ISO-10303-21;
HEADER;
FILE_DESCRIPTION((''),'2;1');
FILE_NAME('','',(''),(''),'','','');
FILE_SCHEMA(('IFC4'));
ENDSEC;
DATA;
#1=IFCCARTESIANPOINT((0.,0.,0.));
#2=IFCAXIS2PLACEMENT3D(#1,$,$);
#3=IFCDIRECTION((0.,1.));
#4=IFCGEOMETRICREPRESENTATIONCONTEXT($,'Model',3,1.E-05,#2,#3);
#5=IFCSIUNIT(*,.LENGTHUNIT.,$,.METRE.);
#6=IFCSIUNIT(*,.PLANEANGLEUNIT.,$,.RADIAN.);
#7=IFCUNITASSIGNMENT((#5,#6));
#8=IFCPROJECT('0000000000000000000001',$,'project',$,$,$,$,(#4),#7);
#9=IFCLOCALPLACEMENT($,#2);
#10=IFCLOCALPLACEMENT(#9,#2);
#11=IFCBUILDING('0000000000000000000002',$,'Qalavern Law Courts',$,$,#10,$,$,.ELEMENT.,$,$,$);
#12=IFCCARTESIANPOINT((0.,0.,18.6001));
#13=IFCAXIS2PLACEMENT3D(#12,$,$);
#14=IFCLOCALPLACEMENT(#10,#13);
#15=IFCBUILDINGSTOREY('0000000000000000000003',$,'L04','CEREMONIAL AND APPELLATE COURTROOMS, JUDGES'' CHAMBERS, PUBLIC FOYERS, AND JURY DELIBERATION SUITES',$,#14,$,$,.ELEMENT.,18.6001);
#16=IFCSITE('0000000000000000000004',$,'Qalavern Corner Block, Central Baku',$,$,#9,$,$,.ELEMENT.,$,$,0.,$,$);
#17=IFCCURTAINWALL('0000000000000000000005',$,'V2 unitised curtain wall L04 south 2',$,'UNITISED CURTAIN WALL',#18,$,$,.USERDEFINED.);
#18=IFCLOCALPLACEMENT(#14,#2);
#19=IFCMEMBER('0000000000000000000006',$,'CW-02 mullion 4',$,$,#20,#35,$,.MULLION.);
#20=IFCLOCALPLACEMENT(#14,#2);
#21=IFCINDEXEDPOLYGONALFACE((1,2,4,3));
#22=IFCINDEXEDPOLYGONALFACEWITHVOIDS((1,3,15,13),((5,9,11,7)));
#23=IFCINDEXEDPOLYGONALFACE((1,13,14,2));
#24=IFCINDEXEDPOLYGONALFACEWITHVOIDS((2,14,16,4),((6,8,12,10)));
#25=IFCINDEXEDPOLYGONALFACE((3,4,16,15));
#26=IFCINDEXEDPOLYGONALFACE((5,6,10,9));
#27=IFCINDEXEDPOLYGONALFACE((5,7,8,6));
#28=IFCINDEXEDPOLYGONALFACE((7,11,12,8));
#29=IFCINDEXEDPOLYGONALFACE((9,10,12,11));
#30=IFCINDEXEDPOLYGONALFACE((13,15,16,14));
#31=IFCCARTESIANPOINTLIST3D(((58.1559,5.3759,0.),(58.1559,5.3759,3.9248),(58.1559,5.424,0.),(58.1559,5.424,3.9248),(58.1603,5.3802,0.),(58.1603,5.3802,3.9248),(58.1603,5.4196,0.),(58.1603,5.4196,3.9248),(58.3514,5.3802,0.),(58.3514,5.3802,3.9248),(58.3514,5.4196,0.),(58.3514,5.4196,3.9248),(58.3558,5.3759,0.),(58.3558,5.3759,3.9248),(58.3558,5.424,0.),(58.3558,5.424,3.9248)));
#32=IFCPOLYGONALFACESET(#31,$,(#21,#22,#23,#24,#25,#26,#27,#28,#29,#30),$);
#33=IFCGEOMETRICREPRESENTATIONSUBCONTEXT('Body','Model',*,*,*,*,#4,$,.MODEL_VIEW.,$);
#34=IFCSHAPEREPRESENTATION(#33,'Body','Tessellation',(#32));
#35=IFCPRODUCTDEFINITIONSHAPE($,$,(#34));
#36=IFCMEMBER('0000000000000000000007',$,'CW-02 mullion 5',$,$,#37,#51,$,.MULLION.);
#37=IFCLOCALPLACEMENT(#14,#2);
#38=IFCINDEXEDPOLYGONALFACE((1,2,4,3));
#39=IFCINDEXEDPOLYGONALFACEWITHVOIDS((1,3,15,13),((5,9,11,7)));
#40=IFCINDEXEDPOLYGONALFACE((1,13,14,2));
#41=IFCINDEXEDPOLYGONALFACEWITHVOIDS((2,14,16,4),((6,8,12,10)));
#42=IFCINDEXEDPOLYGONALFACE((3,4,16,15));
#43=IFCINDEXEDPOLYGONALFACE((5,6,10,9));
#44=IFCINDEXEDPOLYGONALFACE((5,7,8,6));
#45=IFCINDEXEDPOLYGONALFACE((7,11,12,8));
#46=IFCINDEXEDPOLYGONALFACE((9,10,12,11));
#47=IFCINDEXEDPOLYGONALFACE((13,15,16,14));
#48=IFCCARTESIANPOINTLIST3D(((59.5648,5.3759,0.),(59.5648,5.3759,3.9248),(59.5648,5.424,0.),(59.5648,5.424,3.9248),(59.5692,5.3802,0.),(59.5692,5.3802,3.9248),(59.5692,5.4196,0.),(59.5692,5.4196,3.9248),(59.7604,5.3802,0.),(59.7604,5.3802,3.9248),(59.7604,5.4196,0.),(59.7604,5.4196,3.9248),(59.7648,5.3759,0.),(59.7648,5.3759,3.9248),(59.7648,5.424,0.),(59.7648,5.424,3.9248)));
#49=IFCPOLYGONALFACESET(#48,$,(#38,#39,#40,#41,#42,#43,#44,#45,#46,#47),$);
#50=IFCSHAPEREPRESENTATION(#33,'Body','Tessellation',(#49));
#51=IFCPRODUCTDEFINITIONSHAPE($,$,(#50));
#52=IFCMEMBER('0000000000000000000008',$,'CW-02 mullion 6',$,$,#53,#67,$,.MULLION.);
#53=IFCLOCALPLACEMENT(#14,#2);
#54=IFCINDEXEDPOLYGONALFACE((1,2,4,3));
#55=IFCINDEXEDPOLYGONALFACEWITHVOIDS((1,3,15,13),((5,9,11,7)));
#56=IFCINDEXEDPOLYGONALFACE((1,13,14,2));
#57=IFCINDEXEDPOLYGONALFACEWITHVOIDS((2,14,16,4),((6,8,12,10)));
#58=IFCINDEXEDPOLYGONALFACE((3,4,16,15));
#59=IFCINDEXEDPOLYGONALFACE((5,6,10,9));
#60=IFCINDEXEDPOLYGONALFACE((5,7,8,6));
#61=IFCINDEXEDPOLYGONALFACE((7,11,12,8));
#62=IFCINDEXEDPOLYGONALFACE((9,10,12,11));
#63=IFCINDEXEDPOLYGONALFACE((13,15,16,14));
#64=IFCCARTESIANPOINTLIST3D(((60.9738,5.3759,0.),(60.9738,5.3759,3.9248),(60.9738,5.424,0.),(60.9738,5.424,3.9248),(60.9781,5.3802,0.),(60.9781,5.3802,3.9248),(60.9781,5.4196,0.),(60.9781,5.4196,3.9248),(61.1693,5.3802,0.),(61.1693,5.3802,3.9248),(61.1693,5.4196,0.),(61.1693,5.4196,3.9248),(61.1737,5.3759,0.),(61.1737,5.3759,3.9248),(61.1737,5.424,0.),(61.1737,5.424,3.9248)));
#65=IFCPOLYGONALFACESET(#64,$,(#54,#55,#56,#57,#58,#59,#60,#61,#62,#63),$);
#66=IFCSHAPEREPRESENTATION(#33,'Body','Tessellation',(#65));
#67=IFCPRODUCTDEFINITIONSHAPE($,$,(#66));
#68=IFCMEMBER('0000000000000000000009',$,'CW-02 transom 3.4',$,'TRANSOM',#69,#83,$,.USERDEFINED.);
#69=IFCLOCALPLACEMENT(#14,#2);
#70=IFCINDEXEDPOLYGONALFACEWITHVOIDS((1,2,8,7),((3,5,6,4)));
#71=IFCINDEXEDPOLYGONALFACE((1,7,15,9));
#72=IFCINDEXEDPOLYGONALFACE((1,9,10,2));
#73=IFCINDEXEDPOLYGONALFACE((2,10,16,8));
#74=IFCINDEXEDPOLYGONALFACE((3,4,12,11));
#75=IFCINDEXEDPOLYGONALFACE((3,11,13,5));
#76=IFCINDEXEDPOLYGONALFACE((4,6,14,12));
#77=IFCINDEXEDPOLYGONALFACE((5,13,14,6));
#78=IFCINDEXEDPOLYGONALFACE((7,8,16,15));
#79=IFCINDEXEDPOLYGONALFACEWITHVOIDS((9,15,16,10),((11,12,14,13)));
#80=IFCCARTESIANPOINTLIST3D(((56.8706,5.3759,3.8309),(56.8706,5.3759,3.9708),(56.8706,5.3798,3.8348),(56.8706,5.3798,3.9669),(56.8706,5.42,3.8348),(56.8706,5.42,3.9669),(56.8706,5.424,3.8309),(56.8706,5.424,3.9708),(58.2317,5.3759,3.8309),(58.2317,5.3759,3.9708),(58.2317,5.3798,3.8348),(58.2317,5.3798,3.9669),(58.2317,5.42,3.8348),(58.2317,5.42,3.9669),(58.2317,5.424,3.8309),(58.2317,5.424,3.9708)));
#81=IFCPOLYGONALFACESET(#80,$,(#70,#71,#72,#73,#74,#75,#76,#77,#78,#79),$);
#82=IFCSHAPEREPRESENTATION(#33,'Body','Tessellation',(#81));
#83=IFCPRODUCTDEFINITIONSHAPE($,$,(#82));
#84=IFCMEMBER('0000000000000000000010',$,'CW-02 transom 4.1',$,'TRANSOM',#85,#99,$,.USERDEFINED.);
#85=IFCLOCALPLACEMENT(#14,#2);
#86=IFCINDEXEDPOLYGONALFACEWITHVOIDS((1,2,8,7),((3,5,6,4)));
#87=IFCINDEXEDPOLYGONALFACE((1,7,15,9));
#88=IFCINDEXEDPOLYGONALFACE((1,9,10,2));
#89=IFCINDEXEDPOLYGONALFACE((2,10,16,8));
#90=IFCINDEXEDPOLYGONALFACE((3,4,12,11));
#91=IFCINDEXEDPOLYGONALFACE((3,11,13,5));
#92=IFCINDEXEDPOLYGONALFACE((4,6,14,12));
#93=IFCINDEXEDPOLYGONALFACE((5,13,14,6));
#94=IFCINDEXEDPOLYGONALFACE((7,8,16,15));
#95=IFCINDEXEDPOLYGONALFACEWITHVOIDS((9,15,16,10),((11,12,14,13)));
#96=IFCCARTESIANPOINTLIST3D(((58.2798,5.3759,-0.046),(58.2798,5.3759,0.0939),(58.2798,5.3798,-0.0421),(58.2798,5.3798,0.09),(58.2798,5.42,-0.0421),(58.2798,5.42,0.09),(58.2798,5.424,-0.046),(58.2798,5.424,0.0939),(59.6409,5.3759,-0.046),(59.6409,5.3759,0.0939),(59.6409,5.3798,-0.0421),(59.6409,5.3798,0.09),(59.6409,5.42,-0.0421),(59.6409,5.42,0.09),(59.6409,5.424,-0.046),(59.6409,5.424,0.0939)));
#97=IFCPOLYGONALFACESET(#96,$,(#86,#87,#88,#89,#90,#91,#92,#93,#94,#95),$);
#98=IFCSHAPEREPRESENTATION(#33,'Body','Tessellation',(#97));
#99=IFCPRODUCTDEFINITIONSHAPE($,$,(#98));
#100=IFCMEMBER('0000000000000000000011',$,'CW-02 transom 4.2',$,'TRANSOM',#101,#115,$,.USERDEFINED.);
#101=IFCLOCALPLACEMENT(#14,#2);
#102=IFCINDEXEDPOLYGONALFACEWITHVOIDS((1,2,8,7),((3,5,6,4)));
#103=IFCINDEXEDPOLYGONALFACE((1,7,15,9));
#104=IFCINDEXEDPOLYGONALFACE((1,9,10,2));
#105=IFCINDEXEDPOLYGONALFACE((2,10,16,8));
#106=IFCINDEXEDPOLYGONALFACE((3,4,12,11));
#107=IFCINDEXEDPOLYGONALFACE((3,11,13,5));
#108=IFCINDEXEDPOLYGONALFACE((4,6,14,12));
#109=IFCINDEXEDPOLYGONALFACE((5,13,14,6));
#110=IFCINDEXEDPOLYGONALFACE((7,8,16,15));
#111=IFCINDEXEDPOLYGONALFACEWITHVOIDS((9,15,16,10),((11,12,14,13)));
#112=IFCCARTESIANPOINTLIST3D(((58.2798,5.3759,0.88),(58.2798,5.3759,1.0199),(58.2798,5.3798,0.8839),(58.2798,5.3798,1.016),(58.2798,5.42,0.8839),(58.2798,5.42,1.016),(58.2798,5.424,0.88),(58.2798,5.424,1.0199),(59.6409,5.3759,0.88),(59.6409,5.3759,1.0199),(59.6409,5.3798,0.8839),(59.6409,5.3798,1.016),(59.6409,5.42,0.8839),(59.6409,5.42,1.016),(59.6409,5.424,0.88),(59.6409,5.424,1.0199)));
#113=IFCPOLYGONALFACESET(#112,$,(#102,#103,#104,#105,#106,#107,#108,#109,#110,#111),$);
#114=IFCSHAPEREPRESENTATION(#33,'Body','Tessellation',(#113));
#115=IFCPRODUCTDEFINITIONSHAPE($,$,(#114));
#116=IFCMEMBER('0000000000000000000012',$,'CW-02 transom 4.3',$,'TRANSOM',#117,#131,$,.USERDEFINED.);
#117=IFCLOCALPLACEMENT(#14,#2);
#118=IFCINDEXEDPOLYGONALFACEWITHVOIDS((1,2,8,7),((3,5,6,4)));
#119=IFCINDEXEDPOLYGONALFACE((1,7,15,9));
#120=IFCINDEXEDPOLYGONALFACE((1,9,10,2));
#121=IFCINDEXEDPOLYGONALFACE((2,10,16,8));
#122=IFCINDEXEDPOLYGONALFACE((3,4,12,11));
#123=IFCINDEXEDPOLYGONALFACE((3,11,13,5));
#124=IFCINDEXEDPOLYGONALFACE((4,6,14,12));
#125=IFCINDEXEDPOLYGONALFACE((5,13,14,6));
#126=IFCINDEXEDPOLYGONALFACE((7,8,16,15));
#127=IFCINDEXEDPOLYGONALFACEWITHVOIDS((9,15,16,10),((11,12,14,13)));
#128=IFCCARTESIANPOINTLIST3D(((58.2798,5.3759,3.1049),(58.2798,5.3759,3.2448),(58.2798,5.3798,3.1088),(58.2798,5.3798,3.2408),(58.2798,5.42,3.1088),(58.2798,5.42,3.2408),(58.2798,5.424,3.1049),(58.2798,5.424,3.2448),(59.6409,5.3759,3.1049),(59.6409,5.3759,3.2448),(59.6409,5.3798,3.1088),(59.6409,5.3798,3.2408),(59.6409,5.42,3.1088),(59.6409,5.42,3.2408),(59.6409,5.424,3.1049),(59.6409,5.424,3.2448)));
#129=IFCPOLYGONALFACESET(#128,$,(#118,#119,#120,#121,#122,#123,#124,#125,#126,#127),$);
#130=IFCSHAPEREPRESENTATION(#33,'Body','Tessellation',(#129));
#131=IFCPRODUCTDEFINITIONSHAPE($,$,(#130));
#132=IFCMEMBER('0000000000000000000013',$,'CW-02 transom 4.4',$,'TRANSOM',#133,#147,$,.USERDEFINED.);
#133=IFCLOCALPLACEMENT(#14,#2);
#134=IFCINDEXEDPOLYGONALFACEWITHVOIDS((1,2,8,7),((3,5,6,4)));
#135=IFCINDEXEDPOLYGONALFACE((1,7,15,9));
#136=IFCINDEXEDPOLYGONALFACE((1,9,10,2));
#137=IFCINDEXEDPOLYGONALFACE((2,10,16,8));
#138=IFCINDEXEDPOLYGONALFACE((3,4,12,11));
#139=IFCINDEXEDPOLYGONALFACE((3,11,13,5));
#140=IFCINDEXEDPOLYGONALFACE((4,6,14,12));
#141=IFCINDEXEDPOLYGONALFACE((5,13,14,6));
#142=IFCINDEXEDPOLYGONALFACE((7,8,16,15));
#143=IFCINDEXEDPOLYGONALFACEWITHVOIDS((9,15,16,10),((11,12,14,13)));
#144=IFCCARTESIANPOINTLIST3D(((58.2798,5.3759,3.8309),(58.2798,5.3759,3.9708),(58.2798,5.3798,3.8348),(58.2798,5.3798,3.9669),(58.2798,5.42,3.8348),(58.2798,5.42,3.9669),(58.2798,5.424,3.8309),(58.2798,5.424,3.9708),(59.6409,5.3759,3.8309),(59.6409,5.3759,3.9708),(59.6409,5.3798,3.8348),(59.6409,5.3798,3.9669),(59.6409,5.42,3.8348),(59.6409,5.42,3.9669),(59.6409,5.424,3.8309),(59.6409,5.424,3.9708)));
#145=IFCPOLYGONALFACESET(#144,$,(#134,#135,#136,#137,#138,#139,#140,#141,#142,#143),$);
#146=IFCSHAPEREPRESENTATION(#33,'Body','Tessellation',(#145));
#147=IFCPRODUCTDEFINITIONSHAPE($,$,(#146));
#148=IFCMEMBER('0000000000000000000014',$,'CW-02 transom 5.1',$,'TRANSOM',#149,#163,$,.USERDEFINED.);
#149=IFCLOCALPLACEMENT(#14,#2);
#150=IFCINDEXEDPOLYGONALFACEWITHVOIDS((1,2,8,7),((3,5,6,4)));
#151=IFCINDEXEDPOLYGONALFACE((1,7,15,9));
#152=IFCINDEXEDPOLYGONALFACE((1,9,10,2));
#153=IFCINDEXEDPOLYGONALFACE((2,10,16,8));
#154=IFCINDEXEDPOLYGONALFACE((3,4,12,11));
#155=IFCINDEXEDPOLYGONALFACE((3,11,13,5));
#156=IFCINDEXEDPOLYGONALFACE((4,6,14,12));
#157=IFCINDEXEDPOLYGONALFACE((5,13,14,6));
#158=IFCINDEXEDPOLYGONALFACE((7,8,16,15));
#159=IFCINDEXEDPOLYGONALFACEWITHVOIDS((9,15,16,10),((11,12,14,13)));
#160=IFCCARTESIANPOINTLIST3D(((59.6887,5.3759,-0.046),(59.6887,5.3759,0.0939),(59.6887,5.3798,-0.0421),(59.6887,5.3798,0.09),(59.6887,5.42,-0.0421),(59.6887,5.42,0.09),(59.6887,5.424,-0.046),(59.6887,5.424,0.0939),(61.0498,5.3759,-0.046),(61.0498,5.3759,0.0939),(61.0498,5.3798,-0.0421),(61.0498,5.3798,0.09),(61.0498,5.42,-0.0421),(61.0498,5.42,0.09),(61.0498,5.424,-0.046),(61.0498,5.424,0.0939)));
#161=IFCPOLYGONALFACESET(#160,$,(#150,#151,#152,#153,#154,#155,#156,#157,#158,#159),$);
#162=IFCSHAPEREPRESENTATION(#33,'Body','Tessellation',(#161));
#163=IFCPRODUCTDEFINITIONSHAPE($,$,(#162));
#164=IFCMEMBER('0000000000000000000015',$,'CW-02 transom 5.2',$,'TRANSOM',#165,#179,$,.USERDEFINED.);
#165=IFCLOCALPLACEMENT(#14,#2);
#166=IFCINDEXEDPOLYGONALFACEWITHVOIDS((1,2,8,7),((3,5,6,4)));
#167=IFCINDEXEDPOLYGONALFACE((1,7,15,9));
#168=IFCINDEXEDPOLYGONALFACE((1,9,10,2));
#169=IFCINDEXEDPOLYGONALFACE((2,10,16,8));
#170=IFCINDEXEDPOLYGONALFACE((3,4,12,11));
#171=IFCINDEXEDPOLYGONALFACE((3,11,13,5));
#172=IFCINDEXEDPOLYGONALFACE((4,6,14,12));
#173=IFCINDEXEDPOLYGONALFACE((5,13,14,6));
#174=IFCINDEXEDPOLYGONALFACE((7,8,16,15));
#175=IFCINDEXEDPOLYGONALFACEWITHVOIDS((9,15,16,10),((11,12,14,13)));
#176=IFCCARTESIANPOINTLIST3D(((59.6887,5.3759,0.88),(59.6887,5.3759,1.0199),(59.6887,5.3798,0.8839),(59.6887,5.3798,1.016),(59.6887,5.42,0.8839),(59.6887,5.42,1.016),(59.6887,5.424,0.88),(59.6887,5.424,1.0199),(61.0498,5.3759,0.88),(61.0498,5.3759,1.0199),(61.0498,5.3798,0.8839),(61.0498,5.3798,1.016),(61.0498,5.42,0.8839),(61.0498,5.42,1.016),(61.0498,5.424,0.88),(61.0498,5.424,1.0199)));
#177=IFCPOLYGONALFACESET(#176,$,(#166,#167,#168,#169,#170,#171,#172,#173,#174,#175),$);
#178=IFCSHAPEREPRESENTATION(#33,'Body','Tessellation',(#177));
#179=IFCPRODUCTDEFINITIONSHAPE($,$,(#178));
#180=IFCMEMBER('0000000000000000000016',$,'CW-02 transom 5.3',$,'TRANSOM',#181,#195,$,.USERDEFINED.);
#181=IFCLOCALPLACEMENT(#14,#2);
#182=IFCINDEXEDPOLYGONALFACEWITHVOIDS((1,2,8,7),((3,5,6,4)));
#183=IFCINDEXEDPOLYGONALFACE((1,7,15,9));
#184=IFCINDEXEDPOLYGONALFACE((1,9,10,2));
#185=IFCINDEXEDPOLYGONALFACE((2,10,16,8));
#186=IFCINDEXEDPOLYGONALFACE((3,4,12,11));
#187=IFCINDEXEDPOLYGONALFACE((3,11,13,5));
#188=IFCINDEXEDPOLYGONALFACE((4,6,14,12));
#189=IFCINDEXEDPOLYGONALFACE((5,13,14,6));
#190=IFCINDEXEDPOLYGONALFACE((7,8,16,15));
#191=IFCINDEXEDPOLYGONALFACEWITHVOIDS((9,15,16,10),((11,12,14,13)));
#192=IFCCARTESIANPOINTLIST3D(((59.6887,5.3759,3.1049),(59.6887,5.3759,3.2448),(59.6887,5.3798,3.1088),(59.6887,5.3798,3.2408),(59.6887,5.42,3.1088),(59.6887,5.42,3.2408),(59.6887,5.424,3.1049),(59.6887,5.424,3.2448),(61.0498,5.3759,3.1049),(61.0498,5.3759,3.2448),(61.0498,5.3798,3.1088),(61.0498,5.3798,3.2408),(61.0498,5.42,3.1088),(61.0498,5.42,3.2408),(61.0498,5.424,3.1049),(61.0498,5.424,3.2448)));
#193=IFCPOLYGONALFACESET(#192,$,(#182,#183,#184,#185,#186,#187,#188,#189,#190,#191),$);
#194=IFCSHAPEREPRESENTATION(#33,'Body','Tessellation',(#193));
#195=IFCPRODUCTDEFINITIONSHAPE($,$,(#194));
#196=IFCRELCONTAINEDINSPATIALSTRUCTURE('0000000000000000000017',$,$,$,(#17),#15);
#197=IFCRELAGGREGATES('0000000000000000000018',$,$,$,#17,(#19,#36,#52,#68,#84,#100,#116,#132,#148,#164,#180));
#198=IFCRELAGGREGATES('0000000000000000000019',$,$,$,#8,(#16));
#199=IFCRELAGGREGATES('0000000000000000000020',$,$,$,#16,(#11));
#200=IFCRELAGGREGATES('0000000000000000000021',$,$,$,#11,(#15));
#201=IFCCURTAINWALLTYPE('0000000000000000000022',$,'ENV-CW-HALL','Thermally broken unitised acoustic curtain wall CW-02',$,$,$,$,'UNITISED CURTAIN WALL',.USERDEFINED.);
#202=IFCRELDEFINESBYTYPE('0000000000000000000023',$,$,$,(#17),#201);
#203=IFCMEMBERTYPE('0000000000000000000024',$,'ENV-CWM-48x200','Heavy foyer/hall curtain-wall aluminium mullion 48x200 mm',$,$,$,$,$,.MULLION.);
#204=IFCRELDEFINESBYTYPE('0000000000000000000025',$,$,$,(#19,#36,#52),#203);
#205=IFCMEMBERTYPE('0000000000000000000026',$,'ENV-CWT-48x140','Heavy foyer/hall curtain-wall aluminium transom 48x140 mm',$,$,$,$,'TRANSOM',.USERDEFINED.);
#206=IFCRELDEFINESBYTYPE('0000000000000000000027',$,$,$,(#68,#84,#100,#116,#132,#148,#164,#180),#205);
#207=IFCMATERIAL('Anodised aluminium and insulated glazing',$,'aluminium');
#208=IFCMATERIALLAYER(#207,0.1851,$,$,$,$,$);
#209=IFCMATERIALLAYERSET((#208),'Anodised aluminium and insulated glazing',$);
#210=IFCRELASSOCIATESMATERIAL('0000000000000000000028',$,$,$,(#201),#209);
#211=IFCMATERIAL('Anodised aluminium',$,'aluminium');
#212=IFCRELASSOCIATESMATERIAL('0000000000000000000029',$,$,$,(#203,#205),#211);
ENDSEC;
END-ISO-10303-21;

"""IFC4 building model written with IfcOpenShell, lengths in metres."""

from ifc_helpers import new_model, si_unit, direction, frame, origin, origin_2d, place, context, subcontext, project, spatial, hollow_rectangle, extrude, material, layer, layer_set, material_profile, profile_set, type_object, element, aggregate, save


model = new_model("IFC4")

# Units and contexts
model_context = context("Model", 3, precision=1e-05, world=origin(), true_north=direction((0.0, 1.0)))
body_context = subcontext(model_context, "Body", "Model", "MODEL_VIEW")
ifc_project = project(units=[si_unit("LENGTHUNIT", "METRE"), si_unit("PLANEANGLEUNIT", "RADIAN")], contexts=[model_context])

# Site, building, storey
site_placement = place(None, origin())
site = spatial("IfcSite", under=ifc_project, at=site_placement, Name="Qalavern Corner Block, Central Baku", CompositionType="ELEMENT", RefElevation=0.0)
building_placement = place(site_placement, origin())
building = spatial("IfcBuilding", under=site, at=building_placement, Name="Qalavern Law Courts", CompositionType="ELEMENT")
storey_placement = place(building_placement, frame((0.0, 0.0, 18.6001)))
storey = spatial("IfcBuildingStorey", under=building, at=storey_placement, Name="L04", Description="CEREMONIAL AND APPELLATE COURTROOMS, JUDGES' CHAMBERS, PUBLIC FOYERS, AND JURY DELIBERATION SUITES", CompositionType="ELEMENT", Elevation=18.6001)

# Curtain wall, members
ifc_material_1 = material(Name="Anodised aluminium and insulated glazing", Category="aluminium")
ifc_layer_1 = layer(ifc_material_1, 0.1851)
ifc_layer_set_1 = layer_set([ifc_layer_1], Name="Anodised aluminium and insulated glazing")
curtain_wall_type = type_object("IfcCurtainWallType", Name="ENV-CW-HALL", Description="Thermally broken unitised acoustic curtain wall CW-02", ElementType="UNITISED CURTAIN WALL", PredefinedType="USERDEFINED", material=ifc_layer_set_1)
curtain_wall_placement = place(storey_placement, origin())
curtain_wall = element("IfcCurtainWall", 1, at=curtain_wall_placement, inside=storey, type_object=curtain_wall_type, Name="V2 unitised curtain wall L04 south 2", ObjectType="UNITISED CURTAIN WALL", PredefinedType="USERDEFINED")
ifc_material_2 = material(Name="Anodised aluminium", Category="aluminium")
ifc_material_profile_1 = material_profile(ifc_material_2, hollow_rectangle(XDim=0.0481, YDim=0.2, WallThickness=0.0044, at=origin_2d()), Name="ALU MULLION 48x200")
ifc_profile_set_1 = profile_set([ifc_material_profile_1], Name="Anodised aluminium")
member_type_1 = type_object("IfcMemberType", Name="ENV-CWM-48x200", Description="Heavy foyer/hall curtain-wall aluminium mullion 48x200 mm", PredefinedType="MULLION", material=ifc_profile_set_1)
member_1_placement = place(storey_placement, frame((58.2559, 5.3999, 0.0), z_axis=(0.0, 0.0, 1.0), x_axis=(0.0, 1.0, 0.0)))
member_1 = element("IfcMember", 2, at=member_1_placement, type_object=member_type_1, Name="CW-02 mullion 4", PredefinedType="MULLION", context=body_context, shape_type="SweptSolid", body=[
    extrude(hollow_rectangle(XDim=0.0481, YDim=0.2, WallThickness=0.0044, at=origin_2d()), origin(), (0.0, 0.0, 1.0), 3.9248),
])
member_2_placement = place(storey_placement, frame((59.6648, 5.3999, 0.0), z_axis=(0.0, 0.0, 1.0), x_axis=(0.0, 1.0, 0.0)))
member_2 = element("IfcMember", 3, at=member_2_placement, type_object=member_type_1, Name="CW-02 mullion 5", PredefinedType="MULLION", context=body_context, shape_type="SweptSolid", body=[
    extrude(hollow_rectangle(XDim=0.0481, YDim=0.2, WallThickness=0.0044, at=origin_2d()), origin(), (0.0, 0.0, 1.0), 3.9248),
])
member_3_placement = place(storey_placement, frame((61.0737, 5.3999, 0.0), z_axis=(0.0, 0.0, 1.0), x_axis=(0.0, 1.0, 0.0)))
member_3 = element("IfcMember", 4, at=member_3_placement, type_object=member_type_1, Name="CW-02 mullion 6", PredefinedType="MULLION", context=body_context, shape_type="SweptSolid", body=[
    extrude(hollow_rectangle(XDim=0.0481, YDim=0.2, WallThickness=0.0044, at=origin_2d()), origin(), (0.0, 0.0, 1.0), 3.9248),
])
ifc_material_profile_2 = material_profile(ifc_material_2, hollow_rectangle(XDim=0.0481, YDim=0.1399, WallThickness=0.0039, at=origin_2d()), Name="ALU TRANSOM 48x140")
ifc_profile_set_2 = profile_set([ifc_material_profile_2], Name="Anodised aluminium")
member_type_2 = type_object("IfcMemberType", Name="ENV-CWT-48x140", Description="Heavy foyer/hall curtain-wall aluminium transom 48x140 mm", ElementType="TRANSOM", PredefinedType="USERDEFINED", material=ifc_profile_set_2)
member_4_placement = place(storey_placement, frame((56.8706, 5.3999, 3.9009), z_axis=(1.0, 0.0, 0.0), x_axis=(0.0, 1.0, 0.0)))
member_4 = element("IfcMember", 5, at=member_4_placement, type_object=member_type_2, Name="CW-02 transom 3.4", ObjectType="TRANSOM", PredefinedType="USERDEFINED", context=body_context, shape_type="SweptSolid", body=[
    extrude(hollow_rectangle(XDim=0.0481, YDim=0.1399, WallThickness=0.0039, at=origin_2d()), origin(), (0.0, 0.0, 1.0), 1.3611),
])
member_5_placement = place(storey_placement, frame((58.2798, 5.3999, 0.0239), z_axis=(1.0, 0.0, 0.0), x_axis=(0.0, 1.0, 0.0)))
member_5 = element("IfcMember", 6, at=member_5_placement, type_object=member_type_2, Name="CW-02 transom 4.1", ObjectType="TRANSOM", PredefinedType="USERDEFINED", context=body_context, shape_type="SweptSolid", body=[
    extrude(hollow_rectangle(XDim=0.0481, YDim=0.1399, WallThickness=0.0039, at=origin_2d()), origin(), (0.0, 0.0, 1.0), 1.3611),
])
member_6_placement = place(storey_placement, frame((58.2798, 5.3999, 0.95), z_axis=(1.0, 0.0, 0.0), x_axis=(0.0, 1.0, 0.0)))
member_6 = element("IfcMember", 7, at=member_6_placement, type_object=member_type_2, Name="CW-02 transom 4.2", ObjectType="TRANSOM", PredefinedType="USERDEFINED", context=body_context, shape_type="SweptSolid", body=[
    extrude(hollow_rectangle(XDim=0.0481, YDim=0.1399, WallThickness=0.0039, at=origin_2d()), origin(), (0.0, 0.0, 1.0), 1.3611),
])
member_7_placement = place(storey_placement, frame((58.2798, 5.3999, 3.1748), z_axis=(1.0, 0.0, 0.0), x_axis=(0.0, 1.0, 0.0)))
member_7 = element("IfcMember", 8, at=member_7_placement, type_object=member_type_2, Name="CW-02 transom 4.3", ObjectType="TRANSOM", PredefinedType="USERDEFINED", context=body_context, shape_type="SweptSolid", body=[
    extrude(hollow_rectangle(XDim=0.0481, YDim=0.1399, WallThickness=0.0039, at=origin_2d()), origin(), (0.0, 0.0, 1.0), 1.3611),
])
member_8_placement = place(storey_placement, frame((58.2798, 5.3999, 3.9009), z_axis=(1.0, 0.0, 0.0), x_axis=(0.0, 1.0, 0.0)))
member_8 = element("IfcMember", 9, at=member_8_placement, type_object=member_type_2, Name="CW-02 transom 4.4", ObjectType="TRANSOM", PredefinedType="USERDEFINED", context=body_context, shape_type="SweptSolid", body=[
    extrude(hollow_rectangle(XDim=0.0481, YDim=0.1399, WallThickness=0.0039, at=origin_2d()), origin(), (0.0, 0.0, 1.0), 1.3611),
])
member_9_placement = place(storey_placement, frame((59.6887, 5.3999, 0.0239), z_axis=(1.0, 0.0, 0.0), x_axis=(0.0, 1.0, 0.0)))
member_9 = element("IfcMember", 10, at=member_9_placement, type_object=member_type_2, Name="CW-02 transom 5.1", ObjectType="TRANSOM", PredefinedType="USERDEFINED", context=body_context, shape_type="SweptSolid", body=[
    extrude(hollow_rectangle(XDim=0.0481, YDim=0.1399, WallThickness=0.0039, at=origin_2d()), origin(), (0.0, 0.0, 1.0), 1.3611),
])
member_10_placement = place(storey_placement, frame((59.6887, 5.3999, 0.95), z_axis=(1.0, 0.0, 0.0), x_axis=(0.0, 1.0, 0.0)))
member_10 = element("IfcMember", 11, at=member_10_placement, type_object=member_type_2, Name="CW-02 transom 5.2", ObjectType="TRANSOM", PredefinedType="USERDEFINED", context=body_context, shape_type="SweptSolid", body=[
    extrude(hollow_rectangle(XDim=0.0481, YDim=0.1399, WallThickness=0.0039, at=origin_2d()), origin(), (0.0, 0.0, 1.0), 1.3611),
])
member_11_placement = place(storey_placement, frame((59.6887, 5.3999, 3.1748), z_axis=(1.0, 0.0, 0.0), x_axis=(0.0, 1.0, 0.0)))
member_11 = element("IfcMember", 12, at=member_11_placement, type_object=member_type_2, Name="CW-02 transom 5.3", ObjectType="TRANSOM", PredefinedType="USERDEFINED", context=body_context, shape_type="SweptSolid", body=[
    extrude(hollow_rectangle(XDim=0.0481, YDim=0.1399, WallThickness=0.0039, at=origin_2d()), origin(), (0.0, 0.0, 1.0), 1.3611),
])
aggregate(curtain_wall, [member_1, member_2, member_3, member_4, member_5, member_6, member_7, member_8, member_9, member_10, member_11])

save(model, "model.ifc")
